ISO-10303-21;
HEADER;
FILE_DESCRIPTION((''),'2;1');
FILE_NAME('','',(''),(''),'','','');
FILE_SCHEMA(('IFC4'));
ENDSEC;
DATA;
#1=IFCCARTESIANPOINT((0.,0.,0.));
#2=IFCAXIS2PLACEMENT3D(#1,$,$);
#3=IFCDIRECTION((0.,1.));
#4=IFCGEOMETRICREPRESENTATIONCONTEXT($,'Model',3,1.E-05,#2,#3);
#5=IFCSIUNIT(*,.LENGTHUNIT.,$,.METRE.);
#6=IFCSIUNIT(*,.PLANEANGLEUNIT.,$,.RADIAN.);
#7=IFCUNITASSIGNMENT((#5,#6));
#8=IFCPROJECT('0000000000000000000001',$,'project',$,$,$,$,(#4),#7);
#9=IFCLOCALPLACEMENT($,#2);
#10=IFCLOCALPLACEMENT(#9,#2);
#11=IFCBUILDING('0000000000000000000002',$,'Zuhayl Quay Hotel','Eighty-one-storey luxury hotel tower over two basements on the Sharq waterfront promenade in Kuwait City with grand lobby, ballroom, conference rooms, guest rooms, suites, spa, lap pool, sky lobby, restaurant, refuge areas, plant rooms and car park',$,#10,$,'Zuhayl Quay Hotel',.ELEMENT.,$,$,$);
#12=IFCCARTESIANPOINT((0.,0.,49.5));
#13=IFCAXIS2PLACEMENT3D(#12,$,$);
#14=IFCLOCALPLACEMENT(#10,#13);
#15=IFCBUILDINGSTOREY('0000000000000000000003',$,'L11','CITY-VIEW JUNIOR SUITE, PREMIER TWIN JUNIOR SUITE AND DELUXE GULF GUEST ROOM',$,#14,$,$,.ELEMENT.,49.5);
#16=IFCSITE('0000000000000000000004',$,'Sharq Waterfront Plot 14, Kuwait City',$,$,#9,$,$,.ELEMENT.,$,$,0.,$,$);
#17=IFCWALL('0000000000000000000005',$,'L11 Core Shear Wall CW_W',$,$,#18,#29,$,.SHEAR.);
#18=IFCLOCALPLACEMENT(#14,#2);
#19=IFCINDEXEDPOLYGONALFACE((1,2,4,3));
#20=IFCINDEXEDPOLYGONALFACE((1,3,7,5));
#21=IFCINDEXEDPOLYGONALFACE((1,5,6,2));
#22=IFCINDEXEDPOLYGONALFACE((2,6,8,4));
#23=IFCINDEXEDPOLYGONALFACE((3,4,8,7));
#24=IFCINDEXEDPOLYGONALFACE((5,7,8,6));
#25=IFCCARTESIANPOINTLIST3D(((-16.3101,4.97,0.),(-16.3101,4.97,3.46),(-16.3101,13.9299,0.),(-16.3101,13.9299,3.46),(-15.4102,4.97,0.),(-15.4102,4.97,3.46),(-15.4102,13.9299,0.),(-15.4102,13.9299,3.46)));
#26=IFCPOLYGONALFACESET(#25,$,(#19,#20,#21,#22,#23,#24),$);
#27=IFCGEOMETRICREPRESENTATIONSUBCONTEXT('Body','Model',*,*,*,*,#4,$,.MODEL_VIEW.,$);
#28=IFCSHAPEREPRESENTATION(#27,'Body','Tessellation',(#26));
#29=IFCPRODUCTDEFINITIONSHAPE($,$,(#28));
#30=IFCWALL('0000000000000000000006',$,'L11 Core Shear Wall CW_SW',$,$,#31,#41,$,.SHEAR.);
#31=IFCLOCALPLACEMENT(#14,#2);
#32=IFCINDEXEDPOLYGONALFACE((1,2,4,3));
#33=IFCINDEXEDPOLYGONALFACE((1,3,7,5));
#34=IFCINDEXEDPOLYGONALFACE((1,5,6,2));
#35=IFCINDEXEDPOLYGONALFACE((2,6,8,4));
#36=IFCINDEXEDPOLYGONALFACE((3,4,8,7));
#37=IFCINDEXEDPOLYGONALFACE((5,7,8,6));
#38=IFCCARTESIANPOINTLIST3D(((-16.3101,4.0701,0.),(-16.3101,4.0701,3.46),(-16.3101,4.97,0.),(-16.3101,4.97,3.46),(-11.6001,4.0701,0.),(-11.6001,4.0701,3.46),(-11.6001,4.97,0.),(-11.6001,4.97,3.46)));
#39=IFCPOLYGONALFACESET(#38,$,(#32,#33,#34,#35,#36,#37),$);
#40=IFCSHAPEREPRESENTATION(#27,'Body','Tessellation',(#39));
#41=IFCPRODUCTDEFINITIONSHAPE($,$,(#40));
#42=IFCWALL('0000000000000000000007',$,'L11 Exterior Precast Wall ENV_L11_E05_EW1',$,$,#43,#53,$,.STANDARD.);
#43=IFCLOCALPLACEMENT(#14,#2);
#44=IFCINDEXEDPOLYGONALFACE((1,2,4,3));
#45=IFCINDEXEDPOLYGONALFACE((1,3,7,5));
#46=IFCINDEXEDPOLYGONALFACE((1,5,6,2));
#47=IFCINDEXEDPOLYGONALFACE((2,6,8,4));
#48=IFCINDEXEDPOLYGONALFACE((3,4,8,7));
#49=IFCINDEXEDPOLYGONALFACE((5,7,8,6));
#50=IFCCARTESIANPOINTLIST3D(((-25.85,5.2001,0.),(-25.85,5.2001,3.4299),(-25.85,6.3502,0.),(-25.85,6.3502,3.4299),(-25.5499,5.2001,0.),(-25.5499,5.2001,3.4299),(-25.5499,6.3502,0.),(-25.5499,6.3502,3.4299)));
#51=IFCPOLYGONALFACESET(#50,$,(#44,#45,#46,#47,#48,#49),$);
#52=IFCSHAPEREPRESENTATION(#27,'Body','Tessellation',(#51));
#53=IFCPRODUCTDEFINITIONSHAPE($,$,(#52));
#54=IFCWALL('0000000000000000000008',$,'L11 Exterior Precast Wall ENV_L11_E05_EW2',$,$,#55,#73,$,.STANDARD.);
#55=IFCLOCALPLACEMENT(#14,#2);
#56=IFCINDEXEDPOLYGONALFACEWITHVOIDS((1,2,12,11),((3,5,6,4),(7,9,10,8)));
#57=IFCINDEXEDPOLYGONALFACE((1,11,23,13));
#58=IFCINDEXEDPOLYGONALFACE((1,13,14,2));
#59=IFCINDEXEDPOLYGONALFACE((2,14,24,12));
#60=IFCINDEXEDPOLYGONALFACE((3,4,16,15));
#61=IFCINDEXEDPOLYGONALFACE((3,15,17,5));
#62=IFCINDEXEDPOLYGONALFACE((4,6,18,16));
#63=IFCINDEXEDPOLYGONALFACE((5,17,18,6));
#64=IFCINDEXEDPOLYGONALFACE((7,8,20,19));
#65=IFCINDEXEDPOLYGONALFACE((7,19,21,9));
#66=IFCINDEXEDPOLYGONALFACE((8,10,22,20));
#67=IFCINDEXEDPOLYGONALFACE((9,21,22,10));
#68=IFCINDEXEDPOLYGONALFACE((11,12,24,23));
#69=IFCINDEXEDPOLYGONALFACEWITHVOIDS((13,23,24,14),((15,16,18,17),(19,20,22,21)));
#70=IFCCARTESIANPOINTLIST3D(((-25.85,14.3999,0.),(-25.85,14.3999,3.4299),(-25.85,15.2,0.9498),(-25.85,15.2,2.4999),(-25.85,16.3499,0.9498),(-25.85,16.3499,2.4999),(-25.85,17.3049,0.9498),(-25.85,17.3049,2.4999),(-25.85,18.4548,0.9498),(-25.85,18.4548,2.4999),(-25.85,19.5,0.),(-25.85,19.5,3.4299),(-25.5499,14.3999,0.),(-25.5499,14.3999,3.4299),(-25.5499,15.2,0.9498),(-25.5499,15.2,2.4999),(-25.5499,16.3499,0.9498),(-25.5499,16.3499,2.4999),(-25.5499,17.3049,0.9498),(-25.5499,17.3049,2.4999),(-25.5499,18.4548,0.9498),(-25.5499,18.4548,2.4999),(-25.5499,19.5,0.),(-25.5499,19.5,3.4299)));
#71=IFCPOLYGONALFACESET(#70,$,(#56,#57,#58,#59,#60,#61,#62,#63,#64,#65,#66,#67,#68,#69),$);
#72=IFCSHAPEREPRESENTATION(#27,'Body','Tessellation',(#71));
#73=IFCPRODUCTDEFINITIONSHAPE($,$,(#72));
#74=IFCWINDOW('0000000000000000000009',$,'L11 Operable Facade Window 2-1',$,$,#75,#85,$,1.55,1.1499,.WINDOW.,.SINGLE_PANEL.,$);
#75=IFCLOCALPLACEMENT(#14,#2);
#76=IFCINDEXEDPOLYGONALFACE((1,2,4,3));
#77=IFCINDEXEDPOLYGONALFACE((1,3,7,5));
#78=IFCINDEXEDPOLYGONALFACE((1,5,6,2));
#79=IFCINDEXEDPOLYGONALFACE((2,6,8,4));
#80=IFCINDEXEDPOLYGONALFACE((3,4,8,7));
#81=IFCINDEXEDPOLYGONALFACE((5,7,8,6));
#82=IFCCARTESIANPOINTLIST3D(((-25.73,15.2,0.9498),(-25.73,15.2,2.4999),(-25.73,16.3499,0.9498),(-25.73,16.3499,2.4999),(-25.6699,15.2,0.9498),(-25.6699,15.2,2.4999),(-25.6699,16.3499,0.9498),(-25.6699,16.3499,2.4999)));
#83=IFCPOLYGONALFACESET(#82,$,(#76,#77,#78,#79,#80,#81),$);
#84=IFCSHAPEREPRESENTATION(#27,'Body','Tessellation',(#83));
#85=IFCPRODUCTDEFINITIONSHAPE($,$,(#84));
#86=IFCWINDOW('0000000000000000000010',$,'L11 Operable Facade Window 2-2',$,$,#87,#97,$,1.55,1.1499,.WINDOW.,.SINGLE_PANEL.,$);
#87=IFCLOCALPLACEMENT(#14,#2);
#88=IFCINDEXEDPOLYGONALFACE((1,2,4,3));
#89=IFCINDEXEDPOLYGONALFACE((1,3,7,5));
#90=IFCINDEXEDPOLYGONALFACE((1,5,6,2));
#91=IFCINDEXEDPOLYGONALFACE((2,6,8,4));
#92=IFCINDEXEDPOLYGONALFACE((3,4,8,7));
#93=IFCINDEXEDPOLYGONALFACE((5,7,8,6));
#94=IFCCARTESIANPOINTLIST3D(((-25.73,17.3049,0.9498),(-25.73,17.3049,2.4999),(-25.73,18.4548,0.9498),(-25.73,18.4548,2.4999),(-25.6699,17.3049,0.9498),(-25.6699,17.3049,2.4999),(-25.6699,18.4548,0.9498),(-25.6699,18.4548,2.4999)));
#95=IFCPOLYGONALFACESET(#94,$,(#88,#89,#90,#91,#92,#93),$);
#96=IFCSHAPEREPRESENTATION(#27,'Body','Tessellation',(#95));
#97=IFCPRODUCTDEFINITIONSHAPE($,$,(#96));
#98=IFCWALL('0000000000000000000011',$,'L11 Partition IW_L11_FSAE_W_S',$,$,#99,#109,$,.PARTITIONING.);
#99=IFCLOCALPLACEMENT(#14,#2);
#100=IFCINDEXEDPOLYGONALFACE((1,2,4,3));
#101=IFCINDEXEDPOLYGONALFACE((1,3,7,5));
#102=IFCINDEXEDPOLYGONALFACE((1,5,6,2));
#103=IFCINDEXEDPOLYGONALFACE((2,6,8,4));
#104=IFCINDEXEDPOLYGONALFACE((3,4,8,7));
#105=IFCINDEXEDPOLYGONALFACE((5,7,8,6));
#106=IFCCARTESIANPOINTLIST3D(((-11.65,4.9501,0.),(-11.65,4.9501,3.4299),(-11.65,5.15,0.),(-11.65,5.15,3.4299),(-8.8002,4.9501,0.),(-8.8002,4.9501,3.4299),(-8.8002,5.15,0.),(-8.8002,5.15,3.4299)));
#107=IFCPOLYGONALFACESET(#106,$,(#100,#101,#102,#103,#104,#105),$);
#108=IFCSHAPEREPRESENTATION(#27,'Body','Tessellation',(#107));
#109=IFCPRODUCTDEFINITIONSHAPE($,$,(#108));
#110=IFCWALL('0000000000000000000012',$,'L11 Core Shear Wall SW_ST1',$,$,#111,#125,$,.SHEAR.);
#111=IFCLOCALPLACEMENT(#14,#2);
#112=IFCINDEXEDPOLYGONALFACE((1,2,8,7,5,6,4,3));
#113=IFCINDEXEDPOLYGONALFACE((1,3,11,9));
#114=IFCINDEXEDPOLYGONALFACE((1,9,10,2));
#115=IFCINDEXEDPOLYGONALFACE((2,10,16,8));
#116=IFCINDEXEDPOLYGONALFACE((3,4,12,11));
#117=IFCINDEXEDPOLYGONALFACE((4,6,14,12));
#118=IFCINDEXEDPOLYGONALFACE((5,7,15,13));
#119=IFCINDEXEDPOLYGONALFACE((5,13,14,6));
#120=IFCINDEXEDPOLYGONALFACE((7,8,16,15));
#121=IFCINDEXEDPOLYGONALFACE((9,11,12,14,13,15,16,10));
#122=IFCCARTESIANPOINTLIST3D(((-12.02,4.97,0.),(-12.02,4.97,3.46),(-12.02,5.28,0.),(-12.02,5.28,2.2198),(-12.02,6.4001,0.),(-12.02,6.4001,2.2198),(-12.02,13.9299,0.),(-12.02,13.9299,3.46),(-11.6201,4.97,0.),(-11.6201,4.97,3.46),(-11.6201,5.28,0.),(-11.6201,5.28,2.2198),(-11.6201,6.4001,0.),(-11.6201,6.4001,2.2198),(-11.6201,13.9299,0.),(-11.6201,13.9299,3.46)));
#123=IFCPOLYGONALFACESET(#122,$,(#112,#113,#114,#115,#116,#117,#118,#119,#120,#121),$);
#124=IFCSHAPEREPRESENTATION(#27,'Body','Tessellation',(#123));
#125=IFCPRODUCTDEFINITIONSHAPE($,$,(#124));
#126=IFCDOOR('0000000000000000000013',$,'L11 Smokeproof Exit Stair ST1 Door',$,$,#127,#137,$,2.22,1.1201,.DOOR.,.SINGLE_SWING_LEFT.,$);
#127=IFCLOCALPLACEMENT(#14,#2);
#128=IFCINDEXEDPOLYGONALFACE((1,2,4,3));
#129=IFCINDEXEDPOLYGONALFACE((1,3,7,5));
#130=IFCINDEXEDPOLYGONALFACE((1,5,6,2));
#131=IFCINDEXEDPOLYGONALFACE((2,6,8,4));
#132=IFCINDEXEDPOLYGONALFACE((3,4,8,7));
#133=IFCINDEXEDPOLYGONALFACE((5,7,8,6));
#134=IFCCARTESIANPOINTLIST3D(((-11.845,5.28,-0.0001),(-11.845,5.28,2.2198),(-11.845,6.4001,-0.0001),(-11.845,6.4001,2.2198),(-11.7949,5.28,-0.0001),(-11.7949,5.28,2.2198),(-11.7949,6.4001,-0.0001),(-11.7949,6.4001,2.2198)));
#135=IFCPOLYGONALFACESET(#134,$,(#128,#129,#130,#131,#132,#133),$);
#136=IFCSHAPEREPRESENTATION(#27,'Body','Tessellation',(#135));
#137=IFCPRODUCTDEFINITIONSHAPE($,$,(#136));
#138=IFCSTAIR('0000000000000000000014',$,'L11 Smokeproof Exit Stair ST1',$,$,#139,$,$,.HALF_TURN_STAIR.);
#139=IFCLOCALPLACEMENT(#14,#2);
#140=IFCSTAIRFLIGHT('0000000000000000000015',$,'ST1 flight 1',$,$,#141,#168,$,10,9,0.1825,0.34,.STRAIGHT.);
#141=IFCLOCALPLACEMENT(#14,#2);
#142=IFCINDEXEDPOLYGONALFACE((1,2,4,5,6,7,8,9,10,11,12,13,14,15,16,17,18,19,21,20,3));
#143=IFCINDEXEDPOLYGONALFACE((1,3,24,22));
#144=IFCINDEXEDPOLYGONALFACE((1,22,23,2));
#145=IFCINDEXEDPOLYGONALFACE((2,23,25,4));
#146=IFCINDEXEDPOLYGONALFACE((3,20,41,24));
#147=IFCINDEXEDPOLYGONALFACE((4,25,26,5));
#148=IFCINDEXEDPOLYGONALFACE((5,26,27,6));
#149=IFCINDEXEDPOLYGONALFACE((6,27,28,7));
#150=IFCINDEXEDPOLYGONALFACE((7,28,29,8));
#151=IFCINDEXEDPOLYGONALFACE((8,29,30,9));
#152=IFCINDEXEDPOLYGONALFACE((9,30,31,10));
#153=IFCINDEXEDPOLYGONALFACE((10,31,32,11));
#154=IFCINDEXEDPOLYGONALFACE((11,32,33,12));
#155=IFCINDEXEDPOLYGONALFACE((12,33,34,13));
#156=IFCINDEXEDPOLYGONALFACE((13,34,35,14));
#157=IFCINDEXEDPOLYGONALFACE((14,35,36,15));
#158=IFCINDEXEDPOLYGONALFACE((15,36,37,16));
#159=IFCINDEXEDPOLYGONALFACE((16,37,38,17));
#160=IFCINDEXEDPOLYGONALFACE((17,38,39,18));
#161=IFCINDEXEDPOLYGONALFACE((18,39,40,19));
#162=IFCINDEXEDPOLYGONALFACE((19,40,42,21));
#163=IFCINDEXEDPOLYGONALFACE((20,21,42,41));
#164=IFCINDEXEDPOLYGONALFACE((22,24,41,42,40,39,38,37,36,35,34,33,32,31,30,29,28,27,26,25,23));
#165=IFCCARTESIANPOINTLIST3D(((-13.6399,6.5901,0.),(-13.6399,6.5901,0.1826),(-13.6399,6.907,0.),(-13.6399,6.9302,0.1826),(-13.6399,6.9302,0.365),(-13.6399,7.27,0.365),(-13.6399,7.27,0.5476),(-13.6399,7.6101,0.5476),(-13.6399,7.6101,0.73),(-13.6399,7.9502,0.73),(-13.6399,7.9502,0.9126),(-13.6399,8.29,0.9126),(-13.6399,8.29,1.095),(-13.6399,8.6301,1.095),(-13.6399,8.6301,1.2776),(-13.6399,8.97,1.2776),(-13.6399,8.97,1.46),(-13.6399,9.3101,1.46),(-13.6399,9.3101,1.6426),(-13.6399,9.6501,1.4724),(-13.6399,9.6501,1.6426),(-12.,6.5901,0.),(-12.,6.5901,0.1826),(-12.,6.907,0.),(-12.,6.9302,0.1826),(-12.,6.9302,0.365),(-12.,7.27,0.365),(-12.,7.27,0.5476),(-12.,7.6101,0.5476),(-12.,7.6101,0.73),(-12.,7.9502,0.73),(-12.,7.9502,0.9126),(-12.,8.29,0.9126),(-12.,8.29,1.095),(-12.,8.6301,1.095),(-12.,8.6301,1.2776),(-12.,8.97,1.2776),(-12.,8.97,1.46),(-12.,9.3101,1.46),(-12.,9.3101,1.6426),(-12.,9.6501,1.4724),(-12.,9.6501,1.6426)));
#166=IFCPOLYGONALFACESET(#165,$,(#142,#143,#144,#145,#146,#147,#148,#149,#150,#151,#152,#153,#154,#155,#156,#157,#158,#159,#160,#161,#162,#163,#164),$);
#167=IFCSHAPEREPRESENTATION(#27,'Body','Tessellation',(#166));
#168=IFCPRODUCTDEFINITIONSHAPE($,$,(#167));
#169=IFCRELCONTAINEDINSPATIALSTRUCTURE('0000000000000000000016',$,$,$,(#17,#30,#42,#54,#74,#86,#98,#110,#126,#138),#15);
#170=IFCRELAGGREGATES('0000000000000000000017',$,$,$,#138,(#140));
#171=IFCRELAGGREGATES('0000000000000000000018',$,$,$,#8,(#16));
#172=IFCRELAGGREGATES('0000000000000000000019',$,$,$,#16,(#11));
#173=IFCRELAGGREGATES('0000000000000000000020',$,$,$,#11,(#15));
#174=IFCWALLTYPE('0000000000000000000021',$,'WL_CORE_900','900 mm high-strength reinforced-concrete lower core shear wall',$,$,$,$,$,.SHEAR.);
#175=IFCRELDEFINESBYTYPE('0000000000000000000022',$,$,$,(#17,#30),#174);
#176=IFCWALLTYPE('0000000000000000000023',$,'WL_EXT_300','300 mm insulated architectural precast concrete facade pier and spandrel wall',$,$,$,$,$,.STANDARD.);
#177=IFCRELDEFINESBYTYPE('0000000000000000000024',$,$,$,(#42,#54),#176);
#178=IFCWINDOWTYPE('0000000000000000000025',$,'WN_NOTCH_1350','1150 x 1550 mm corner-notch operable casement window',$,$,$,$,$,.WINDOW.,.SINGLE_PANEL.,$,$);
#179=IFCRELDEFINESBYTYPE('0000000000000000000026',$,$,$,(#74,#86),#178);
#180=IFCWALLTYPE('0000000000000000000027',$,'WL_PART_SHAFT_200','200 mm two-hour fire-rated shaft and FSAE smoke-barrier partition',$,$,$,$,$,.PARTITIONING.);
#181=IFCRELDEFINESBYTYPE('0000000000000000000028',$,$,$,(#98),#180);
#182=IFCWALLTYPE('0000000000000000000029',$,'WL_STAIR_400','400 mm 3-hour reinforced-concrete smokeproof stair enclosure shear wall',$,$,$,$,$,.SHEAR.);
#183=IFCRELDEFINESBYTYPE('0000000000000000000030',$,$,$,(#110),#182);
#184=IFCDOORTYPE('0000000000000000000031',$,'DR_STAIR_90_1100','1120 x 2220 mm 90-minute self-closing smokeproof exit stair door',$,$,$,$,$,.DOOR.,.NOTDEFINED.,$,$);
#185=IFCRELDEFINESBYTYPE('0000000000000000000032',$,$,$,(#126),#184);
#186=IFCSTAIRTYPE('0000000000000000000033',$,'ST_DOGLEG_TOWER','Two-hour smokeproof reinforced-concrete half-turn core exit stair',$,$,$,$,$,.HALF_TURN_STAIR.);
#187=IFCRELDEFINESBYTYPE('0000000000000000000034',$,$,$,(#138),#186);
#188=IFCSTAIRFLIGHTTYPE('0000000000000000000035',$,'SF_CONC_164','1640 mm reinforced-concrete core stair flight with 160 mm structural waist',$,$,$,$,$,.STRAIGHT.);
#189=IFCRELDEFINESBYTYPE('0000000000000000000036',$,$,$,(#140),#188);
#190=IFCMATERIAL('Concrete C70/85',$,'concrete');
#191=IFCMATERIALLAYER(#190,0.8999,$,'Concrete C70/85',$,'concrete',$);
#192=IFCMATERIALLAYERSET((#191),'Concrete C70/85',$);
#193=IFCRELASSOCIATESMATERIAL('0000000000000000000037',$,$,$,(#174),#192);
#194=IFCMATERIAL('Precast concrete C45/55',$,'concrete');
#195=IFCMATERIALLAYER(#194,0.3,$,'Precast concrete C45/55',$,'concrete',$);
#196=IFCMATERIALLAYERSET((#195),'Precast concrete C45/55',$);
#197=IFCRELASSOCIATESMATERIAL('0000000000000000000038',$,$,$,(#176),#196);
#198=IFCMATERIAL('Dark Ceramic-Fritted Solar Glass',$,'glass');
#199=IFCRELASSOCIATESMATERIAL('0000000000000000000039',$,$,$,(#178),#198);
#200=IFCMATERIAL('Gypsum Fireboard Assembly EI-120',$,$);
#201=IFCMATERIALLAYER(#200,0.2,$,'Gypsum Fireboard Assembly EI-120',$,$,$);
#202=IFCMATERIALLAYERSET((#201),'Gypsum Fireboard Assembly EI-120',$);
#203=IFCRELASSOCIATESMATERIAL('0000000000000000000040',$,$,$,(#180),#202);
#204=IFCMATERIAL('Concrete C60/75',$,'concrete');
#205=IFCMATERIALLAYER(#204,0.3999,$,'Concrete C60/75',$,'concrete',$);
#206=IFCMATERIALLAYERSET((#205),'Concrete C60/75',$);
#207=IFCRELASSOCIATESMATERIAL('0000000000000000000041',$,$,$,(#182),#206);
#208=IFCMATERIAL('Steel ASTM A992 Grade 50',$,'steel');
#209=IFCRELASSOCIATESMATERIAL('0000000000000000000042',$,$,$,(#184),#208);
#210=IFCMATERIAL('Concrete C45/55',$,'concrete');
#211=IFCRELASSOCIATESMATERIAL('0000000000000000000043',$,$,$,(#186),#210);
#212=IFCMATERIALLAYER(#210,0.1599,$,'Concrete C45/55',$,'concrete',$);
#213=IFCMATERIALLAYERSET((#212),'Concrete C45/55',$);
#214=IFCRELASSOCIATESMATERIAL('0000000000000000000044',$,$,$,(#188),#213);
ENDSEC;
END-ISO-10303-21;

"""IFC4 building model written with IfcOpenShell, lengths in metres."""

from ifc_helpers import new_model, si_unit, direction, frame, frame_2d, origin, place, context, subcontext, project, spatial, polyline, rectangle, outline, extrude, material, layer, layer_set, type_object, element, fill, aggregate, save


model = new_model("IFC4")

# Units and contexts
model_context = context("Model", 3, precision=1e-05, world=origin(), true_north=direction((0.0, 1.0)))
body_context = subcontext(model_context, "Body", "Model", "MODEL_VIEW")
ifc_project = project(units=[si_unit("LENGTHUNIT", "METRE"), si_unit("PLANEANGLEUNIT", "RADIAN")], contexts=[model_context])

# Site, building, storey
site_placement = place(None, origin())
site = spatial("IfcSite", under=ifc_project, at=site_placement, Name="Sharq Waterfront Plot 14, Kuwait City", CompositionType="ELEMENT", RefElevation=0.0)
building_placement = place(site_placement, origin())
building = spatial("IfcBuilding", under=site, at=building_placement, Name="Zuhayl Quay Hotel", Description="Eighty-one-storey luxury hotel tower over two basements on the Sharq waterfront promenade in Kuwait City with grand lobby, ballroom, conference rooms, guest rooms, suites, spa, lap pool, sky lobby, restaurant, refuge areas, plant rooms and car park", LongName="Zuhayl Quay Hotel", CompositionType="ELEMENT")
storey_placement = place(building_placement, frame((0.0, 0.0, 49.5)))
storey = spatial("IfcBuildingStorey", under=building, at=storey_placement, Name="L11", Description="CITY-VIEW JUNIOR SUITE, PREMIER TWIN JUNIOR SUITE AND DELUXE GULF GUEST ROOM", CompositionType="ELEMENT", Elevation=49.5)

# Shared definitions
ifc_material_1 = material(Name="Concrete C70/85", Category="concrete")

# Shared definitions
ifc_material_2 = material(Name="Steel ASTM A992 Grade 50", Category="steel")

# Shared definitions
ifc_material_3 = material(Name="Dark Ceramic-Fritted Solar Glass", Category="glass")

# Walls
ifc_layer_1 = layer(ifc_material_1, 0.8999, Name="Concrete C70/85", Category="concrete")
ifc_layer_set_1 = layer_set([ifc_layer_1], Name="Concrete C70/85")
wall_type_1 = type_object("IfcWallType", Name="WL_CORE_900", Description="900 mm high-strength reinforced-concrete lower core shear wall", PredefinedType="SHEAR", material=ifc_layer_set_1)
wall_1_placement = place(storey_placement, frame((-15.8601, 4.97, 0.0), z_axis=(0.0, 0.0, 1.0), x_axis=(0.0, 1.0, 0.0)))
element("IfcWall", 1, at=wall_1_placement, inside=storey, type_object=wall_type_1, Name="L11 Core Shear Wall CW_W", PredefinedType="SHEAR", context=body_context, shape_type="SweptSolid", body=[
    extrude(rectangle(XDim=8.96, YDim=0.8999, at=frame_2d((4.48, 0.0))), origin(), (0.0, 0.0, 1.0), 3.46),
])
wall_2_placement = place(storey_placement, frame((-16.3101, 4.52, 0.0), z_axis=(0.0, 0.0, 1.0), x_axis=(1.0, 0.0, 0.0)))
element("IfcWall", 2, at=wall_2_placement, inside=storey, type_object=wall_type_1, Name="L11 Core Shear Wall CW_SW", PredefinedType="SHEAR", context=body_context, shape_type="SweptSolid", body=[
    extrude(rectangle(XDim=4.71, YDim=0.8999, at=frame_2d((2.355, 0.0))), origin(), (0.0, 0.0, 1.0), 3.46),
])
ifc_material_4 = material(Name="Precast concrete C45/55", Category="concrete")
ifc_layer_2 = layer(ifc_material_4, 0.3, Name="Precast concrete C45/55", Category="concrete")
ifc_layer_set_2 = layer_set([ifc_layer_2], Name="Precast concrete C45/55")
wall_type_2 = type_object("IfcWallType", Name="WL_EXT_300", Description="300 mm insulated architectural precast concrete facade pier and spandrel wall", PredefinedType="STANDARD", material=ifc_layer_set_2)
wall_3_placement = place(storey_placement, frame((-25.7, 5.2, 0.0), z_axis=(0.0, 0.0, 1.0), x_axis=(0.0, 1.0, 0.0)))
element("IfcWall", 3, at=wall_3_placement, inside=storey, type_object=wall_type_2, Name="L11 Exterior Precast Wall ENV_L11_E05_EW1", PredefinedType="STANDARD", context=body_context, shape_type="SweptSolid", body=[
    extrude(rectangle(XDim=1.1501, YDim=0.3, at=frame_2d((0.5752, 0.0))), origin(), (0.0, 0.0, 1.0), 3.4299),
])

# Wall, openings, windows
wall_4_placement = place(storey_placement, frame((-25.7, 14.3999, 0.0), z_axis=(0.0, 0.0, 1.0), x_axis=(0.0, 1.0, 0.0)))
wall_4 = element("IfcWall", 4, at=wall_4_placement, inside=storey, type_object=wall_type_2, Name="L11 Exterior Precast Wall ENV_L11_E05_EW2", PredefinedType="STANDARD", context=body_context, shape_type="SweptSolid", body=[
    extrude(rectangle(XDim=5.1001, YDim=0.3, at=frame_2d((2.55, 0.0))), origin(), (0.0, 0.0, 1.0), 3.4299),
])
opening_1_placement = place(wall_4_placement, frame((0.8, 0.0, 0.95)))
opening_1 = element("IfcOpeningElement", 5, at=opening_1_placement, cuts=wall_4, PredefinedType="OPENING", context=body_context, shape_type="SweptSolid", body=[
    extrude(rectangle(XDim=1.1499, YDim=1.55, at=frame_2d((0.575, 0.7749))), frame((0.0, 0.1599, 0.0), z_axis=(0.0, -1.0, 0.0), x_axis=(1.0, 0.0, 0.0)), (0.0, 0.0, 1.0), 0.3201),
])
opening_2_placement = place(wall_4_placement, frame((2.905, 0.0, 0.95)))
opening_2 = element("IfcOpeningElement", 6, at=opening_2_placement, cuts=wall_4, PredefinedType="OPENING", context=body_context, shape_type="SweptSolid", body=[
    extrude(rectangle(XDim=1.1499, YDim=1.55, at=frame_2d((0.575, 0.7749))), frame((0.0, 0.1599, 0.0), z_axis=(0.0, -1.0, 0.0), x_axis=(1.0, 0.0, 0.0)), (0.0, 0.0, 1.0), 0.3201),
])
window_type = type_object("IfcWindowType", Name="WN_NOTCH_1350", Description="1150 x 1550 mm corner-notch operable casement window", PartitioningType="SINGLE_PANEL", PredefinedType="WINDOW", material=ifc_material_3)
window_1_placement = place(opening_1_placement, origin())
window_1 = element("IfcWindow", 7, at=window_1_placement, inside=storey, type_object=window_type, Name="L11 Operable Facade Window 2-1", OverallHeight=1.55, OverallWidth=1.1499, PartitioningType="SINGLE_PANEL", PredefinedType="WINDOW", context=body_context, shape_type="SweptSolid", body=[
    extrude(rectangle(XDim=1.1499, YDim=1.55, at=frame_2d((0.575, 0.7749))), frame((0.0, 0.03, 0.0), z_axis=(0.0, -1.0, 0.0), x_axis=(1.0, 0.0, 0.0)), (0.0, 0.0, 1.0), 0.0601),
])
fill(opening_1, window_1)
window_2_placement = place(opening_2_placement, origin())
window_2 = element("IfcWindow", 8, at=window_2_placement, inside=storey, type_object=window_type, Name="L11 Operable Facade Window 2-2", OverallHeight=1.55, OverallWidth=1.1499, PartitioningType="SINGLE_PANEL", PredefinedType="WINDOW", context=body_context, shape_type="SweptSolid", body=[
    extrude(rectangle(XDim=1.1499, YDim=1.55, at=frame_2d((0.575, 0.7749))), frame((0.0, 0.03, 0.0), z_axis=(0.0, -1.0, 0.0), x_axis=(1.0, 0.0, 0.0)), (0.0, 0.0, 1.0), 0.0601),
])
fill(opening_2, window_2)

# Wall
ifc_material_5 = material(Name="Gypsum Fireboard Assembly EI-120")
ifc_layer_3 = layer(ifc_material_5, 0.2, Name="Gypsum Fireboard Assembly EI-120")
ifc_layer_set_3 = layer_set([ifc_layer_3], Name="Gypsum Fireboard Assembly EI-120")
wall_type_3 = type_object("IfcWallType", Name="WL_PART_SHAFT_200", Description="200 mm two-hour fire-rated shaft and FSAE smoke-barrier partition", PredefinedType="PARTITIONING", material=ifc_layer_set_3)
wall_5_placement = place(storey_placement, frame((-11.6499, 5.05, 0.0), z_axis=(0.0, 0.0, 1.0), x_axis=(1.0, 0.0, 0.0)))
element("IfcWall", 9, at=wall_5_placement, inside=storey, type_object=wall_type_3, Name="L11 Partition IW_L11_FSAE_W_S", PredefinedType="PARTITIONING", context=body_context, shape_type="SweptSolid", body=[
    extrude(rectangle(XDim=2.8499, YDim=0.2, at=frame_2d((1.4248, 0.0))), origin(), (0.0, 0.0, 1.0), 3.4299),
])

# Wall, opening, door
ifc_material_6 = material(Name="Concrete C60/75", Category="concrete")
ifc_layer_4 = layer(ifc_material_6, 0.3999, Name="Concrete C60/75", Category="concrete")
ifc_layer_set_4 = layer_set([ifc_layer_4], Name="Concrete C60/75")
wall_type_4 = type_object("IfcWallType", Name="WL_STAIR_400", Description="400 mm 3-hour reinforced-concrete smokeproof stair enclosure shear wall", PredefinedType="SHEAR", material=ifc_layer_set_4)
wall_6_placement = place(storey_placement, frame((-11.8201, 4.97, 0.0), z_axis=(0.0, 0.0, 1.0), x_axis=(0.0, 1.0, 0.0)))
wall_6 = element("IfcWall", 10, at=wall_6_placement, inside=storey, type_object=wall_type_4, Name="L11 Core Shear Wall SW_ST1", PredefinedType="SHEAR", context=body_context, shape_type="SweptSolid", body=[
    extrude(rectangle(XDim=8.96, YDim=0.3999, at=frame_2d((4.48, 0.0))), origin(), (0.0, 0.0, 1.0), 3.46),
])
opening_3_placement = place(wall_6_placement, frame((0.3101, 0.0, 0.0)))
opening_3 = element("IfcOpeningElement", 11, at=opening_3_placement, cuts=wall_6, PredefinedType="OPENING", context=body_context, shape_type="SweptSolid", body=[
    extrude(rectangle(XDim=1.1201, YDim=2.22, at=frame_2d((0.5601, 1.1099))), frame((0.0, 0.21, 0.0), z_axis=(0.0, -1.0, 0.0), x_axis=(1.0, 0.0, 0.0)), (0.0, 0.0, 1.0), 0.4199),
])
door_type = type_object("IfcDoorType", Name="DR_STAIR_90_1100", Description="1120 x 2220 mm 90-minute self-closing smokeproof exit stair door", OperationType="NOTDEFINED", PredefinedType="DOOR", material=ifc_material_2)
door_placement = place(opening_3_placement, origin())
door = element("IfcDoor", 12, at=door_placement, inside=storey, type_object=door_type, Name="L11 Smokeproof Exit Stair ST1 Door", OperationType="SINGLE_SWING_LEFT", OverallHeight=2.22, OverallWidth=1.1201, PredefinedType="DOOR", context=body_context, shape_type="SweptSolid", body=[
    extrude(rectangle(XDim=1.1201, YDim=2.22, at=frame_2d((0.5601, 1.1099))), frame((0.0, 0.0249, 0.0), z_axis=(0.0, -1.0, 0.0), x_axis=(1.0, 0.0, 0.0)), (0.0, 0.0, 1.0), 0.05),
])
fill(opening_3, door)

# Stair, stair flight
ifc_material_7 = material(Name="Concrete C45/55", Category="concrete")
stair_type = type_object("IfcStairType", Name="ST_DOGLEG_TOWER", Description="Two-hour smokeproof reinforced-concrete half-turn core exit stair", PredefinedType="HALF_TURN_STAIR", material=ifc_material_7)
stair_placement = place(storey_placement, origin())
stair = element("IfcStair", 13, at=stair_placement, inside=storey, type_object=stair_type, Name="L11 Smokeproof Exit Stair ST1", PredefinedType="HALF_TURN_STAIR")
ifc_layer_5 = layer(ifc_material_7, 0.1599, Name="Concrete C45/55", Category="concrete")
ifc_layer_set_5 = layer_set([ifc_layer_5], Name="Concrete C45/55")
stair_flight_type = type_object("IfcStairFlightType", Name="SF_CONC_164", Description="1640 mm reinforced-concrete core stair flight with 160 mm structural waist", PredefinedType="STRAIGHT", material=ifc_layer_set_5)
stair_flight_1_placement = place(storey_placement, frame((-12.8201, 6.5901, 0.0), z_axis=(0.0, 0.0, 1.0), x_axis=(0.0, 1.0, 0.0)))
stair_flight_1 = element("IfcStairFlight", 14, at=stair_flight_1_placement, type_object=stair_flight_type, Name="ST1 flight 1", NumberOfRisers=10, NumberOfTreads=9, PredefinedType="STRAIGHT", RiserHeight=0.1825, TreadLength=0.34, context=body_context, shape_type="SweptSolid", body=[
    extrude(outline(polyline([(0.0, 0.0), (0.0, 0.1826), (0.3401, 0.1826), (0.3401, 0.365), (0.6799, 0.365), (0.6799, 0.5476), (1.02, 0.5476), (1.02, 0.73), (1.3601, 0.73), (1.3601, 0.9126), (1.7, 0.9126), (1.7, 1.095), (2.04, 1.095), (2.04, 1.2776), (2.3799, 1.2776), (2.3799, 1.46), (2.72, 1.46), (2.72, 1.6426), (3.0601, 1.6426), (3.0601, 1.825), (3.0601, 1.4724), (0.3169, 0.0), (0.0, 0.0)])), frame((0.0, 0.8198, 0.0), z_axis=(0.0, -1.0, 0.0), x_axis=(1.0, 0.0, 0.0)), (0.0, 0.0, 1.0), 1.6399),
])
aggregate(stair, [stair_flight_1])

save(model, "model.ifc")
